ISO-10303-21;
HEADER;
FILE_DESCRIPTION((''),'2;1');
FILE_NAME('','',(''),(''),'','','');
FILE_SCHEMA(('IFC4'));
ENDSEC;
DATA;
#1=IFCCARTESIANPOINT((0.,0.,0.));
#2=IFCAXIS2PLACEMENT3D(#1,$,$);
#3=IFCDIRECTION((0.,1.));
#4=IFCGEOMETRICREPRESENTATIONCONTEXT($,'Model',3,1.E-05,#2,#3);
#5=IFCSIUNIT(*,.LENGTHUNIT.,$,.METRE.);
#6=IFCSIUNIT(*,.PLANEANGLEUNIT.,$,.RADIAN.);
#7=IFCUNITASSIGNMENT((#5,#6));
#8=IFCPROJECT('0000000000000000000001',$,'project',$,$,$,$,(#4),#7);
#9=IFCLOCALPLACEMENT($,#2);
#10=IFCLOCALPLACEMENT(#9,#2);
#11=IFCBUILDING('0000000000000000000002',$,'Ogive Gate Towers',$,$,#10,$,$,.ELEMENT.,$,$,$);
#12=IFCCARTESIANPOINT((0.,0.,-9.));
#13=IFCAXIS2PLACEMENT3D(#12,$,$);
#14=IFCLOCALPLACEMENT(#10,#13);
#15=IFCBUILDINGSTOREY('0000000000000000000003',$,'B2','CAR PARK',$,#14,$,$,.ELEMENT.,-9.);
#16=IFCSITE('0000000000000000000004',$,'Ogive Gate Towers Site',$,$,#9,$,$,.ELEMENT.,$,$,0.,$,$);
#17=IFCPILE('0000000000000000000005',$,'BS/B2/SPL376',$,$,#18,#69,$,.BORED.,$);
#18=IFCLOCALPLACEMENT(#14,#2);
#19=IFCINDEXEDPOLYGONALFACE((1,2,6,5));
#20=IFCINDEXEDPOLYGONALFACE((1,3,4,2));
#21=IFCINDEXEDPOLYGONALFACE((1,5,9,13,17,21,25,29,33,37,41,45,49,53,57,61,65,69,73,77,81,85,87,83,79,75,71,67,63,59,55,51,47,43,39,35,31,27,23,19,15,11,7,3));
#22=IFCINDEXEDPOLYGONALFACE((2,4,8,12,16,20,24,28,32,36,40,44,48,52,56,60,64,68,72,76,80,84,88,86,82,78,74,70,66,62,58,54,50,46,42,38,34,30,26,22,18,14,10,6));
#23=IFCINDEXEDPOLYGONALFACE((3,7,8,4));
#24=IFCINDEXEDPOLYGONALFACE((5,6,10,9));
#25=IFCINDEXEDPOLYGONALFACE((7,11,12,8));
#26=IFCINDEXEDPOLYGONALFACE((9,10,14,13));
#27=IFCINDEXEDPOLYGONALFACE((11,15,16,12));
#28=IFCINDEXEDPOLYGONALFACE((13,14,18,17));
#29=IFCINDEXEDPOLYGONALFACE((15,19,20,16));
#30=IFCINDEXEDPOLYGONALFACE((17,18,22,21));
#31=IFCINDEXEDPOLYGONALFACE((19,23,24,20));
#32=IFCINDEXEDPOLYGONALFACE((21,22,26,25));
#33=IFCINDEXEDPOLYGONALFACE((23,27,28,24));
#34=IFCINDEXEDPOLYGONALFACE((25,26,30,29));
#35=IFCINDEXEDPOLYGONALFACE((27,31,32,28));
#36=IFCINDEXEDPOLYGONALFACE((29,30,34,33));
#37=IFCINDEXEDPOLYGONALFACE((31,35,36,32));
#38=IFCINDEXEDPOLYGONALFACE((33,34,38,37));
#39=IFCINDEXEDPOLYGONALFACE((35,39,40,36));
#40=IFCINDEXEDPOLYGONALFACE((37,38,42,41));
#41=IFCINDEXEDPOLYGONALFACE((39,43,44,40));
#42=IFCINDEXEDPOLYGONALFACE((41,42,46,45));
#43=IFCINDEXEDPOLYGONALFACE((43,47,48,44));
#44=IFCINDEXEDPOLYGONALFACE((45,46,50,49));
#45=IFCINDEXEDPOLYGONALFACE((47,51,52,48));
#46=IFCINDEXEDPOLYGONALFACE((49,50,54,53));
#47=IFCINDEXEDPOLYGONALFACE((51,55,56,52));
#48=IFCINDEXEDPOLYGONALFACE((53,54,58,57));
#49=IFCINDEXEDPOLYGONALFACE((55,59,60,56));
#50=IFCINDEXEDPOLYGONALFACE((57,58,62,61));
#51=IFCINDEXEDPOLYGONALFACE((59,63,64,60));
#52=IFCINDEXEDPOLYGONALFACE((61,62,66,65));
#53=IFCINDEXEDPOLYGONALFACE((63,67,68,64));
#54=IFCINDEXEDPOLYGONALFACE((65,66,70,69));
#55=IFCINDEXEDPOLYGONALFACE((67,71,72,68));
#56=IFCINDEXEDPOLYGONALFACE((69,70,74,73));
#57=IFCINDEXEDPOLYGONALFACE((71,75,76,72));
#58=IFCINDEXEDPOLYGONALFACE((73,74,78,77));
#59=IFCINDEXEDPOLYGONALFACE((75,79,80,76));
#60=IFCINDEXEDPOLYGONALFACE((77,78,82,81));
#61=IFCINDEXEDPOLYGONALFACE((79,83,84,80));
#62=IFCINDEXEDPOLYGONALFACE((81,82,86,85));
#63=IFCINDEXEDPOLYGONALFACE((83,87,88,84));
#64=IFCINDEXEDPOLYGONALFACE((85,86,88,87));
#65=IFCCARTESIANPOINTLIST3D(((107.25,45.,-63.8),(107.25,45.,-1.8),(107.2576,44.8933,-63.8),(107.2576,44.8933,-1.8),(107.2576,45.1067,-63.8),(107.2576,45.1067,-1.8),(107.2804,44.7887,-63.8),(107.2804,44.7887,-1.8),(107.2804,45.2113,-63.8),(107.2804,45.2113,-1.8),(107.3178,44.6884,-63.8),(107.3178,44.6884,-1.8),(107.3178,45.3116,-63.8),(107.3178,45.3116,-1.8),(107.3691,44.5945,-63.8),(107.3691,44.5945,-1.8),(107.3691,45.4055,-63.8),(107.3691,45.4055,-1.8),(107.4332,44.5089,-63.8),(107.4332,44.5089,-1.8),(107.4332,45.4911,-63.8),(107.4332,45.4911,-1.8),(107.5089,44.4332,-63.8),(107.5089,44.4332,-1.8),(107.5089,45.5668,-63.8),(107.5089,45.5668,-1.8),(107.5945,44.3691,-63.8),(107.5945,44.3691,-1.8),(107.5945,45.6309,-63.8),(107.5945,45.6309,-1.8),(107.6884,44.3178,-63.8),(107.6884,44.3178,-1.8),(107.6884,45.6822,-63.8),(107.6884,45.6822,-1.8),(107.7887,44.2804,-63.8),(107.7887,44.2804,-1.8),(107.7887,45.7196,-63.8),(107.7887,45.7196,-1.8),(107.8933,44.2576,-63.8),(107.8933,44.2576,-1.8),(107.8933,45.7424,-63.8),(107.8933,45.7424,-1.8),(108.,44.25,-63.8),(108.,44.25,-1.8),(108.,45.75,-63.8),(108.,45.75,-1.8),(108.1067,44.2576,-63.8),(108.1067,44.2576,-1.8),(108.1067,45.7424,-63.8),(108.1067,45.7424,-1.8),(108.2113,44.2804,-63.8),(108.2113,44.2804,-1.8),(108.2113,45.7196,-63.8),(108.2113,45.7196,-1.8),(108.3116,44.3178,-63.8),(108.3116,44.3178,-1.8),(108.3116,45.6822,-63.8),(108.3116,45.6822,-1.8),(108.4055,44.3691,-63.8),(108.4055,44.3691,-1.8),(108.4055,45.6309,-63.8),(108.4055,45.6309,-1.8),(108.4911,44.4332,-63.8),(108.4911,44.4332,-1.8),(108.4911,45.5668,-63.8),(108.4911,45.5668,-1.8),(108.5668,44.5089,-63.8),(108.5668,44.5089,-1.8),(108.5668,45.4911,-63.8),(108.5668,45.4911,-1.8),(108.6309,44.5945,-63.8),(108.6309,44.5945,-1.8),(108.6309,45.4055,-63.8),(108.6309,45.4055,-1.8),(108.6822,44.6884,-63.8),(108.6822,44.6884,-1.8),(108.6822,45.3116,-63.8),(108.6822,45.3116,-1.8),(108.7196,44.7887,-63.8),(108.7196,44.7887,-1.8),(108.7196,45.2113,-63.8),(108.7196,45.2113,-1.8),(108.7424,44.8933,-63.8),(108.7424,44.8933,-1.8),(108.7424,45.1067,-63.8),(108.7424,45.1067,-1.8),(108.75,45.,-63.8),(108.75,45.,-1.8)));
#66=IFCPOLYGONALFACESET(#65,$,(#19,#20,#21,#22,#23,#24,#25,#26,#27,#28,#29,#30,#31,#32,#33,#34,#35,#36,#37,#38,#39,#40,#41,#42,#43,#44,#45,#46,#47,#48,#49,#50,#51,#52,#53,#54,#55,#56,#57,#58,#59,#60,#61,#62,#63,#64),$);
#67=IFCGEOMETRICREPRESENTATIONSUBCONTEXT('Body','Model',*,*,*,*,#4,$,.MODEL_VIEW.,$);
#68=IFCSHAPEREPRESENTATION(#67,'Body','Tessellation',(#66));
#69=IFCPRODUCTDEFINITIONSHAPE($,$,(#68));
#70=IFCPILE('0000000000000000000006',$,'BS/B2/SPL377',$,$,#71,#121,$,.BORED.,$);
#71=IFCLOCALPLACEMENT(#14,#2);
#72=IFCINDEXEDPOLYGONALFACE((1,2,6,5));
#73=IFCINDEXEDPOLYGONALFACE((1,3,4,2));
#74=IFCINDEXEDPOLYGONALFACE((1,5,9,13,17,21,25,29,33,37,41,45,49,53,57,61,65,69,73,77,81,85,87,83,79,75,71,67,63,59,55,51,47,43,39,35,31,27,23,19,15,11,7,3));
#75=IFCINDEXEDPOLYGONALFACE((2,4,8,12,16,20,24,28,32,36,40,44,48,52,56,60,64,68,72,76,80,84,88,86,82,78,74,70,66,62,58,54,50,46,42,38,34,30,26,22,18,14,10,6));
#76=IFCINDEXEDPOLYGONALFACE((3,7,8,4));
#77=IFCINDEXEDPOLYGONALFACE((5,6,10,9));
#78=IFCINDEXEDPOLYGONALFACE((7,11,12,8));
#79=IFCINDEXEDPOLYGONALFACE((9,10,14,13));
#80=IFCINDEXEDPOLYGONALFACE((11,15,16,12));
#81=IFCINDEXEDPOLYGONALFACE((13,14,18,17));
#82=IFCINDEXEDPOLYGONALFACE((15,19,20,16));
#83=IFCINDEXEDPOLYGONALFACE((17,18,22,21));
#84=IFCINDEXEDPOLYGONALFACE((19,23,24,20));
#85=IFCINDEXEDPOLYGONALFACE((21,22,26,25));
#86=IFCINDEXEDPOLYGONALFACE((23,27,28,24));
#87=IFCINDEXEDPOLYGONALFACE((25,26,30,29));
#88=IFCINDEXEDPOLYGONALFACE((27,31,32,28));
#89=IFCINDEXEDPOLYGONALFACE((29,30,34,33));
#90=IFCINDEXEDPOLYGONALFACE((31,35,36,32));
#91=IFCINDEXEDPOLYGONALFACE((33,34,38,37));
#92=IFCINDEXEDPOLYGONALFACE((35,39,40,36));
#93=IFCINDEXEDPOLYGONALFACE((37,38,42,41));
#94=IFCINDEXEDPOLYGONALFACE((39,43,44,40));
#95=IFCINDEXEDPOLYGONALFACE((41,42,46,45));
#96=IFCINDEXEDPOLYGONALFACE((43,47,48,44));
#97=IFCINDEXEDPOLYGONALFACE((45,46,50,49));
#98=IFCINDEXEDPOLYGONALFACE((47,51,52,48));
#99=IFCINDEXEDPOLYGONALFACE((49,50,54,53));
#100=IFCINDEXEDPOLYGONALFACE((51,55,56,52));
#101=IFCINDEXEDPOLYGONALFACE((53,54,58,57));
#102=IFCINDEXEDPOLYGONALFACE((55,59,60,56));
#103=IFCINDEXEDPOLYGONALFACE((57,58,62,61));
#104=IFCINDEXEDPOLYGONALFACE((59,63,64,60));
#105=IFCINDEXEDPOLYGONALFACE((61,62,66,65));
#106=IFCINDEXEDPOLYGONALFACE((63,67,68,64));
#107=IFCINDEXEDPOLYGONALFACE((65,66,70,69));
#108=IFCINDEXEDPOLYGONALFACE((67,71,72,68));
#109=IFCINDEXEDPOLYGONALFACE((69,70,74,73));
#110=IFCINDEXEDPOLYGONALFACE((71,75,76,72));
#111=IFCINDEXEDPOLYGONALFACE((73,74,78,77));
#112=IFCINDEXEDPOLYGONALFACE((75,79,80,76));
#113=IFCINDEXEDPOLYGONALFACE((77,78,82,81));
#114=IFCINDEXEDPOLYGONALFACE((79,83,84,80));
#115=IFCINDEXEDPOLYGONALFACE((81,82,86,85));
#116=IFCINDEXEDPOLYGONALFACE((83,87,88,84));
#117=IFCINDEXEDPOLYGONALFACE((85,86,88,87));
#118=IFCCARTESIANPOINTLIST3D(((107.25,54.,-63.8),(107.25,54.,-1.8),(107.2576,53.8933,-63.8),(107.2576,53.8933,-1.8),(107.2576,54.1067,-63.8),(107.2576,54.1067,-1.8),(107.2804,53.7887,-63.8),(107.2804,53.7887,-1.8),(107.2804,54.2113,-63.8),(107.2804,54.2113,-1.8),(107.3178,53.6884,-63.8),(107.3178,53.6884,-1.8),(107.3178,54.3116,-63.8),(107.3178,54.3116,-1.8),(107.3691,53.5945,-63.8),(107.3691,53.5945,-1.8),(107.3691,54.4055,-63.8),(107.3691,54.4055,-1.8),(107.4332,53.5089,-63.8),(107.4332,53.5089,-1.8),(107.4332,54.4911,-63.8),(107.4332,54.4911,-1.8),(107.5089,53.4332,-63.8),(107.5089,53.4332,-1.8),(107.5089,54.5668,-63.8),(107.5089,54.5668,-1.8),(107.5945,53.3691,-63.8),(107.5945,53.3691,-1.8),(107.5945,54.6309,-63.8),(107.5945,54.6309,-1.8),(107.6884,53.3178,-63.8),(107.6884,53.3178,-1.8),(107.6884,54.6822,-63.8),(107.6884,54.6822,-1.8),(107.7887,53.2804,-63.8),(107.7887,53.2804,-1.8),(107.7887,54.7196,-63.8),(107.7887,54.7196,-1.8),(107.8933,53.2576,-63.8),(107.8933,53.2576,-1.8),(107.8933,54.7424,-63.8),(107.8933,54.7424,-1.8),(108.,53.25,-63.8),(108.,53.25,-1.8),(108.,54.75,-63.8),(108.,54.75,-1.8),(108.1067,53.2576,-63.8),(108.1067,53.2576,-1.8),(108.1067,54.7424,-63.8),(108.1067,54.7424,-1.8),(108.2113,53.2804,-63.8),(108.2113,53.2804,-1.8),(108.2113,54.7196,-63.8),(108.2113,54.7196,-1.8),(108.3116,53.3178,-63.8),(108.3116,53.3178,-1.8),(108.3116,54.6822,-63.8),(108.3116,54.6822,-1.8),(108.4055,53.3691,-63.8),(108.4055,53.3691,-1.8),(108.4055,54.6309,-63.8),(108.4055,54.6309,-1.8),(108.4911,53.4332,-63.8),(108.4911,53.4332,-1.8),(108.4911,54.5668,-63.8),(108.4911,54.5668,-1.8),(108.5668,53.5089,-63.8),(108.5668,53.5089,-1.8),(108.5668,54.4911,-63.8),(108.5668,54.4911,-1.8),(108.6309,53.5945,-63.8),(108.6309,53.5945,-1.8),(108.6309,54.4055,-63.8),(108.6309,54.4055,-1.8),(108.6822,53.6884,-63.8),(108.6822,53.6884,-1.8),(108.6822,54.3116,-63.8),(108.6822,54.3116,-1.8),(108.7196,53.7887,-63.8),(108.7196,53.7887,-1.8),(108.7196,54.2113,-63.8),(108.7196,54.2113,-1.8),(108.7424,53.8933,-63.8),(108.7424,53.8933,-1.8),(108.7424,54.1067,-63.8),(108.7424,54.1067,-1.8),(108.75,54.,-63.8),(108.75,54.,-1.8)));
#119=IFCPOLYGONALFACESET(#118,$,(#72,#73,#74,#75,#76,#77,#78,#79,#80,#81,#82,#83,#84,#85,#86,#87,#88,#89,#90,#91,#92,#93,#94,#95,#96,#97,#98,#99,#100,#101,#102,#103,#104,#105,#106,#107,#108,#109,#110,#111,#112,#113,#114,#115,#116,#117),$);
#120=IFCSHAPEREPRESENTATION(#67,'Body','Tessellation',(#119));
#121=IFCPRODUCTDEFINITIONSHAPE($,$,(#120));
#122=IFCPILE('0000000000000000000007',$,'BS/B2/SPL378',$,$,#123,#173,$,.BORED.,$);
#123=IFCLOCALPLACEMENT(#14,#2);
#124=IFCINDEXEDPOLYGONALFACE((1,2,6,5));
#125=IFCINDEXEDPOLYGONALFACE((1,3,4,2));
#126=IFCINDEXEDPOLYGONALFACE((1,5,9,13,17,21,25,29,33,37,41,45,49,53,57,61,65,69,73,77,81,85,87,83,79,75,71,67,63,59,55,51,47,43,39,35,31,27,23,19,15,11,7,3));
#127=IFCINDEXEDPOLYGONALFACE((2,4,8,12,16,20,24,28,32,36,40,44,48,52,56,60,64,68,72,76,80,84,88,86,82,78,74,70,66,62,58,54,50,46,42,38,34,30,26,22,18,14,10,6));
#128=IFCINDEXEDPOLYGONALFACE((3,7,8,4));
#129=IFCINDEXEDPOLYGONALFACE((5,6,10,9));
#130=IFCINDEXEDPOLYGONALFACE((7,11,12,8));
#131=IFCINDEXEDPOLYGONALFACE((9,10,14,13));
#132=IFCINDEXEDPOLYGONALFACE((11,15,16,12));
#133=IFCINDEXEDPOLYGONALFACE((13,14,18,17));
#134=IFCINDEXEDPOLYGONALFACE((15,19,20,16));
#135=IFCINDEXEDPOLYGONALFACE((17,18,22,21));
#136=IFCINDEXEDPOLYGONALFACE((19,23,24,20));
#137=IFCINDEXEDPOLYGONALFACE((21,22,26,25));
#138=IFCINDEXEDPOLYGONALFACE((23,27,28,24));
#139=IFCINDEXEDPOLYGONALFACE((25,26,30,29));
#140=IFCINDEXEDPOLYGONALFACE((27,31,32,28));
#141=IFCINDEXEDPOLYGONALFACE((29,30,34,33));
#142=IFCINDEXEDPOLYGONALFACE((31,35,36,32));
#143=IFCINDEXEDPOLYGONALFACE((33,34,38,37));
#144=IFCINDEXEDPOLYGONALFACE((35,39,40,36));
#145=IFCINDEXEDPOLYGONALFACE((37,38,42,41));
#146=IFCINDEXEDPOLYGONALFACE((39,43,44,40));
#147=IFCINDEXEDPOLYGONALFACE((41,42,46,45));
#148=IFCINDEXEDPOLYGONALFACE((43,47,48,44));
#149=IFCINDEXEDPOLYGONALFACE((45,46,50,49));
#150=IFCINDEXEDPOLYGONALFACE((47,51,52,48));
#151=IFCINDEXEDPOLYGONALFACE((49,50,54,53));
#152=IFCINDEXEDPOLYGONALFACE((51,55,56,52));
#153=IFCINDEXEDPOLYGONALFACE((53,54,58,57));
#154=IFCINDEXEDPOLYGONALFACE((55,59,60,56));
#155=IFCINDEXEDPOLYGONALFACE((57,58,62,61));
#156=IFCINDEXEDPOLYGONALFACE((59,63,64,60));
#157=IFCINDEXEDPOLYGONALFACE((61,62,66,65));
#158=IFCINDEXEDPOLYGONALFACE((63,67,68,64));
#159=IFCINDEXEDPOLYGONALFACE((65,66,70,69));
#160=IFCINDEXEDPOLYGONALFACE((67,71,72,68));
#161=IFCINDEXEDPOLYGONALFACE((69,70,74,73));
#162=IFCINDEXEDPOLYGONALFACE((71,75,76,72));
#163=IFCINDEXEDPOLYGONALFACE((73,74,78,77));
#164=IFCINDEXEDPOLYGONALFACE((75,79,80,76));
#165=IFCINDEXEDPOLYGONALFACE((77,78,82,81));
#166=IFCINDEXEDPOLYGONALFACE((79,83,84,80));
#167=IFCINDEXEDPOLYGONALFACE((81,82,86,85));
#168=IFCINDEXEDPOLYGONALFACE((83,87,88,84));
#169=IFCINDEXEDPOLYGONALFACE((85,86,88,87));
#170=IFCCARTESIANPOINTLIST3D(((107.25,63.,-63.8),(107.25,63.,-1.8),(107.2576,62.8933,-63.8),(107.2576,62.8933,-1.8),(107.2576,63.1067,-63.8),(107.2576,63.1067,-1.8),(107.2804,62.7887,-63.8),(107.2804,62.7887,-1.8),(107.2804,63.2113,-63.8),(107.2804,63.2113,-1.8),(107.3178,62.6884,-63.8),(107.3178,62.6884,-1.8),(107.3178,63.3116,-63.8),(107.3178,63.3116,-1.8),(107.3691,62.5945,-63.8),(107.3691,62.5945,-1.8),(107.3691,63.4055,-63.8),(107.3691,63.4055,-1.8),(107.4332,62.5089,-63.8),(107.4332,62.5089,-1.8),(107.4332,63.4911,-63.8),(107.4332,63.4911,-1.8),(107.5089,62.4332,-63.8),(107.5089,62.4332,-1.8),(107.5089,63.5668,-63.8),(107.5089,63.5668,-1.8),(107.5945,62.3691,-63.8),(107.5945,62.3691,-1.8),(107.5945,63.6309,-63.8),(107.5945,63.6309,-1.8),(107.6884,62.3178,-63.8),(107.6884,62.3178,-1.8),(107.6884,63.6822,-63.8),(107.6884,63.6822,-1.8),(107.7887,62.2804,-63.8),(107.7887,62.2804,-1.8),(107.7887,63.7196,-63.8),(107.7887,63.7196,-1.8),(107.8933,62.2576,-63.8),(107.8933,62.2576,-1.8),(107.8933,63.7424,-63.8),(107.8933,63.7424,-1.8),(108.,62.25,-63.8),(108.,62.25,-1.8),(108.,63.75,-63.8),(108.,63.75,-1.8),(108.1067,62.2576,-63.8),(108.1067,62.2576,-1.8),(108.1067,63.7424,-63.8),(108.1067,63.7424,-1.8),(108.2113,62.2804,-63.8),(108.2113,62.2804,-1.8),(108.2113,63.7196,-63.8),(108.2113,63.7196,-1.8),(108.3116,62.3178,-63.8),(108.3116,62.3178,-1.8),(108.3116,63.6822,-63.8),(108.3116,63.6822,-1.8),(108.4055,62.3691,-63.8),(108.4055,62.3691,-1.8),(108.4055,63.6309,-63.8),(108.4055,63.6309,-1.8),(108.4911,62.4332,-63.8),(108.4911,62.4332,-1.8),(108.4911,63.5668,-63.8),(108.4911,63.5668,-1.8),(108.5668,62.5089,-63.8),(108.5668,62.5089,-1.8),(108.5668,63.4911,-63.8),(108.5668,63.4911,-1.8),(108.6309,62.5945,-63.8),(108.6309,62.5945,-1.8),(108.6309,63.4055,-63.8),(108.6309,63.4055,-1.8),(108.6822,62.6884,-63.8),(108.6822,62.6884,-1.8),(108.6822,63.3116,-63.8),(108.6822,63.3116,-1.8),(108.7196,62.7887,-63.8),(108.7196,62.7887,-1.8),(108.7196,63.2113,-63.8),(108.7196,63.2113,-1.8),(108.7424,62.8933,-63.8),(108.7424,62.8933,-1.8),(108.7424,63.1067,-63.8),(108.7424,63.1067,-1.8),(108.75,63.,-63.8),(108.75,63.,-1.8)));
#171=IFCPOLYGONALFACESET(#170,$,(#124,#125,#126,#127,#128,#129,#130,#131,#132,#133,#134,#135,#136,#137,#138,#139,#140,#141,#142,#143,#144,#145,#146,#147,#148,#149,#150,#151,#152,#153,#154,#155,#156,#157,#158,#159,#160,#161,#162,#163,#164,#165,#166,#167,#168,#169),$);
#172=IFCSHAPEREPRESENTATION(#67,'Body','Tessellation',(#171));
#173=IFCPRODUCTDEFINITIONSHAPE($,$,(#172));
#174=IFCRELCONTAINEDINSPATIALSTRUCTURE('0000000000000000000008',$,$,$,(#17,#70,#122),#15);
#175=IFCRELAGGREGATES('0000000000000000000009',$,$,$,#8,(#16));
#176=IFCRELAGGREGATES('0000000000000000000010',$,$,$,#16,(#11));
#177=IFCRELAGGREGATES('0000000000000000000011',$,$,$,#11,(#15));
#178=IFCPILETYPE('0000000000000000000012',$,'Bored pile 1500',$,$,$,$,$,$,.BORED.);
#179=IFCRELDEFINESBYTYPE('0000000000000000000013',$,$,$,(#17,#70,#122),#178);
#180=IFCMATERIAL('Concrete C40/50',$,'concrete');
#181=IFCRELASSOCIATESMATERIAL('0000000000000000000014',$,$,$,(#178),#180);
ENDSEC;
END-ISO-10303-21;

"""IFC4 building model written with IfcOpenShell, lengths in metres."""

from ifc_helpers import new_model, si_unit, direction, frame, origin, origin_2d, place, context, subcontext, project, spatial, circle, extrude, material, material_profile, profile_set, type_object, element, save


model = new_model("IFC4")

# Units and contexts
model_context = context("Model", 3, precision=1e-05, world=origin(), true_north=direction((0.0, 1.0)))
body_context = subcontext(model_context, "Body", "Model", "MODEL_VIEW")
ifc_project = project(units=[si_unit("LENGTHUNIT", "METRE"), si_unit("PLANEANGLEUNIT", "RADIAN")], contexts=[model_context])

# Site, building, storey
site_placement = place(None, origin())
site = spatial("IfcSite", under=ifc_project, at=site_placement, Name="Ogive Gate Towers Site", CompositionType="ELEMENT", RefElevation=0.0)
building_placement = place(site_placement, origin())
building = spatial("IfcBuilding", under=site, at=building_placement, Name="Ogive Gate Towers", CompositionType="ELEMENT")
storey_placement = place(building_placement, frame((0.0, 0.0, -9.0)))
storey = spatial("IfcBuildingStorey", under=building, at=storey_placement, Name="B2", Description="CAR PARK", CompositionType="ELEMENT", Elevation=-9.0)

# Piles
ifc_material_1 = material(Name="Concrete C40/50", Category="concrete")
ifc_material_profile_1 = material_profile(ifc_material_1, circle(Radius=0.75, at=origin_2d()), Name="BP 1500")
ifc_profile_set_1 = profile_set([ifc_material_profile_1], Name="Concrete C40/50")
pile_type = type_object("IfcPileType", Name="Bored pile 1500", PredefinedType="BORED", material=ifc_profile_set_1)
for number, where, z_axis, x_axis, name in (
    (1, (108.0, 45.0, -1.8), (0.0, 0.0, -1.0), (1.0, 0.0, 0.0), "BS/B2/SPL376"),
    (2, (108.0, 54.0, -1.8), (0.0, 0.0, -1.0), (1.0, 0.0, 0.0), "BS/B2/SPL377"),
    (3, (108.0, 63.0, -1.8), (0.0, 0.0, -1.0), (1.0, 0.0, 0.0), "BS/B2/SPL378"),
):
    element("IfcPile", number, at=place(storey_placement, frame(where, z_axis=z_axis, x_axis=x_axis)), inside=storey, type_object=pile_type, Name=name, PredefinedType="BORED", context=body_context, shape_type="SweptSolid", body=[
        extrude(circle(Radius=0.75, at=origin_2d()), origin(), (0.0, 0.0, 1.0), 62.0),
    ])

save(model, "model.ifc")
